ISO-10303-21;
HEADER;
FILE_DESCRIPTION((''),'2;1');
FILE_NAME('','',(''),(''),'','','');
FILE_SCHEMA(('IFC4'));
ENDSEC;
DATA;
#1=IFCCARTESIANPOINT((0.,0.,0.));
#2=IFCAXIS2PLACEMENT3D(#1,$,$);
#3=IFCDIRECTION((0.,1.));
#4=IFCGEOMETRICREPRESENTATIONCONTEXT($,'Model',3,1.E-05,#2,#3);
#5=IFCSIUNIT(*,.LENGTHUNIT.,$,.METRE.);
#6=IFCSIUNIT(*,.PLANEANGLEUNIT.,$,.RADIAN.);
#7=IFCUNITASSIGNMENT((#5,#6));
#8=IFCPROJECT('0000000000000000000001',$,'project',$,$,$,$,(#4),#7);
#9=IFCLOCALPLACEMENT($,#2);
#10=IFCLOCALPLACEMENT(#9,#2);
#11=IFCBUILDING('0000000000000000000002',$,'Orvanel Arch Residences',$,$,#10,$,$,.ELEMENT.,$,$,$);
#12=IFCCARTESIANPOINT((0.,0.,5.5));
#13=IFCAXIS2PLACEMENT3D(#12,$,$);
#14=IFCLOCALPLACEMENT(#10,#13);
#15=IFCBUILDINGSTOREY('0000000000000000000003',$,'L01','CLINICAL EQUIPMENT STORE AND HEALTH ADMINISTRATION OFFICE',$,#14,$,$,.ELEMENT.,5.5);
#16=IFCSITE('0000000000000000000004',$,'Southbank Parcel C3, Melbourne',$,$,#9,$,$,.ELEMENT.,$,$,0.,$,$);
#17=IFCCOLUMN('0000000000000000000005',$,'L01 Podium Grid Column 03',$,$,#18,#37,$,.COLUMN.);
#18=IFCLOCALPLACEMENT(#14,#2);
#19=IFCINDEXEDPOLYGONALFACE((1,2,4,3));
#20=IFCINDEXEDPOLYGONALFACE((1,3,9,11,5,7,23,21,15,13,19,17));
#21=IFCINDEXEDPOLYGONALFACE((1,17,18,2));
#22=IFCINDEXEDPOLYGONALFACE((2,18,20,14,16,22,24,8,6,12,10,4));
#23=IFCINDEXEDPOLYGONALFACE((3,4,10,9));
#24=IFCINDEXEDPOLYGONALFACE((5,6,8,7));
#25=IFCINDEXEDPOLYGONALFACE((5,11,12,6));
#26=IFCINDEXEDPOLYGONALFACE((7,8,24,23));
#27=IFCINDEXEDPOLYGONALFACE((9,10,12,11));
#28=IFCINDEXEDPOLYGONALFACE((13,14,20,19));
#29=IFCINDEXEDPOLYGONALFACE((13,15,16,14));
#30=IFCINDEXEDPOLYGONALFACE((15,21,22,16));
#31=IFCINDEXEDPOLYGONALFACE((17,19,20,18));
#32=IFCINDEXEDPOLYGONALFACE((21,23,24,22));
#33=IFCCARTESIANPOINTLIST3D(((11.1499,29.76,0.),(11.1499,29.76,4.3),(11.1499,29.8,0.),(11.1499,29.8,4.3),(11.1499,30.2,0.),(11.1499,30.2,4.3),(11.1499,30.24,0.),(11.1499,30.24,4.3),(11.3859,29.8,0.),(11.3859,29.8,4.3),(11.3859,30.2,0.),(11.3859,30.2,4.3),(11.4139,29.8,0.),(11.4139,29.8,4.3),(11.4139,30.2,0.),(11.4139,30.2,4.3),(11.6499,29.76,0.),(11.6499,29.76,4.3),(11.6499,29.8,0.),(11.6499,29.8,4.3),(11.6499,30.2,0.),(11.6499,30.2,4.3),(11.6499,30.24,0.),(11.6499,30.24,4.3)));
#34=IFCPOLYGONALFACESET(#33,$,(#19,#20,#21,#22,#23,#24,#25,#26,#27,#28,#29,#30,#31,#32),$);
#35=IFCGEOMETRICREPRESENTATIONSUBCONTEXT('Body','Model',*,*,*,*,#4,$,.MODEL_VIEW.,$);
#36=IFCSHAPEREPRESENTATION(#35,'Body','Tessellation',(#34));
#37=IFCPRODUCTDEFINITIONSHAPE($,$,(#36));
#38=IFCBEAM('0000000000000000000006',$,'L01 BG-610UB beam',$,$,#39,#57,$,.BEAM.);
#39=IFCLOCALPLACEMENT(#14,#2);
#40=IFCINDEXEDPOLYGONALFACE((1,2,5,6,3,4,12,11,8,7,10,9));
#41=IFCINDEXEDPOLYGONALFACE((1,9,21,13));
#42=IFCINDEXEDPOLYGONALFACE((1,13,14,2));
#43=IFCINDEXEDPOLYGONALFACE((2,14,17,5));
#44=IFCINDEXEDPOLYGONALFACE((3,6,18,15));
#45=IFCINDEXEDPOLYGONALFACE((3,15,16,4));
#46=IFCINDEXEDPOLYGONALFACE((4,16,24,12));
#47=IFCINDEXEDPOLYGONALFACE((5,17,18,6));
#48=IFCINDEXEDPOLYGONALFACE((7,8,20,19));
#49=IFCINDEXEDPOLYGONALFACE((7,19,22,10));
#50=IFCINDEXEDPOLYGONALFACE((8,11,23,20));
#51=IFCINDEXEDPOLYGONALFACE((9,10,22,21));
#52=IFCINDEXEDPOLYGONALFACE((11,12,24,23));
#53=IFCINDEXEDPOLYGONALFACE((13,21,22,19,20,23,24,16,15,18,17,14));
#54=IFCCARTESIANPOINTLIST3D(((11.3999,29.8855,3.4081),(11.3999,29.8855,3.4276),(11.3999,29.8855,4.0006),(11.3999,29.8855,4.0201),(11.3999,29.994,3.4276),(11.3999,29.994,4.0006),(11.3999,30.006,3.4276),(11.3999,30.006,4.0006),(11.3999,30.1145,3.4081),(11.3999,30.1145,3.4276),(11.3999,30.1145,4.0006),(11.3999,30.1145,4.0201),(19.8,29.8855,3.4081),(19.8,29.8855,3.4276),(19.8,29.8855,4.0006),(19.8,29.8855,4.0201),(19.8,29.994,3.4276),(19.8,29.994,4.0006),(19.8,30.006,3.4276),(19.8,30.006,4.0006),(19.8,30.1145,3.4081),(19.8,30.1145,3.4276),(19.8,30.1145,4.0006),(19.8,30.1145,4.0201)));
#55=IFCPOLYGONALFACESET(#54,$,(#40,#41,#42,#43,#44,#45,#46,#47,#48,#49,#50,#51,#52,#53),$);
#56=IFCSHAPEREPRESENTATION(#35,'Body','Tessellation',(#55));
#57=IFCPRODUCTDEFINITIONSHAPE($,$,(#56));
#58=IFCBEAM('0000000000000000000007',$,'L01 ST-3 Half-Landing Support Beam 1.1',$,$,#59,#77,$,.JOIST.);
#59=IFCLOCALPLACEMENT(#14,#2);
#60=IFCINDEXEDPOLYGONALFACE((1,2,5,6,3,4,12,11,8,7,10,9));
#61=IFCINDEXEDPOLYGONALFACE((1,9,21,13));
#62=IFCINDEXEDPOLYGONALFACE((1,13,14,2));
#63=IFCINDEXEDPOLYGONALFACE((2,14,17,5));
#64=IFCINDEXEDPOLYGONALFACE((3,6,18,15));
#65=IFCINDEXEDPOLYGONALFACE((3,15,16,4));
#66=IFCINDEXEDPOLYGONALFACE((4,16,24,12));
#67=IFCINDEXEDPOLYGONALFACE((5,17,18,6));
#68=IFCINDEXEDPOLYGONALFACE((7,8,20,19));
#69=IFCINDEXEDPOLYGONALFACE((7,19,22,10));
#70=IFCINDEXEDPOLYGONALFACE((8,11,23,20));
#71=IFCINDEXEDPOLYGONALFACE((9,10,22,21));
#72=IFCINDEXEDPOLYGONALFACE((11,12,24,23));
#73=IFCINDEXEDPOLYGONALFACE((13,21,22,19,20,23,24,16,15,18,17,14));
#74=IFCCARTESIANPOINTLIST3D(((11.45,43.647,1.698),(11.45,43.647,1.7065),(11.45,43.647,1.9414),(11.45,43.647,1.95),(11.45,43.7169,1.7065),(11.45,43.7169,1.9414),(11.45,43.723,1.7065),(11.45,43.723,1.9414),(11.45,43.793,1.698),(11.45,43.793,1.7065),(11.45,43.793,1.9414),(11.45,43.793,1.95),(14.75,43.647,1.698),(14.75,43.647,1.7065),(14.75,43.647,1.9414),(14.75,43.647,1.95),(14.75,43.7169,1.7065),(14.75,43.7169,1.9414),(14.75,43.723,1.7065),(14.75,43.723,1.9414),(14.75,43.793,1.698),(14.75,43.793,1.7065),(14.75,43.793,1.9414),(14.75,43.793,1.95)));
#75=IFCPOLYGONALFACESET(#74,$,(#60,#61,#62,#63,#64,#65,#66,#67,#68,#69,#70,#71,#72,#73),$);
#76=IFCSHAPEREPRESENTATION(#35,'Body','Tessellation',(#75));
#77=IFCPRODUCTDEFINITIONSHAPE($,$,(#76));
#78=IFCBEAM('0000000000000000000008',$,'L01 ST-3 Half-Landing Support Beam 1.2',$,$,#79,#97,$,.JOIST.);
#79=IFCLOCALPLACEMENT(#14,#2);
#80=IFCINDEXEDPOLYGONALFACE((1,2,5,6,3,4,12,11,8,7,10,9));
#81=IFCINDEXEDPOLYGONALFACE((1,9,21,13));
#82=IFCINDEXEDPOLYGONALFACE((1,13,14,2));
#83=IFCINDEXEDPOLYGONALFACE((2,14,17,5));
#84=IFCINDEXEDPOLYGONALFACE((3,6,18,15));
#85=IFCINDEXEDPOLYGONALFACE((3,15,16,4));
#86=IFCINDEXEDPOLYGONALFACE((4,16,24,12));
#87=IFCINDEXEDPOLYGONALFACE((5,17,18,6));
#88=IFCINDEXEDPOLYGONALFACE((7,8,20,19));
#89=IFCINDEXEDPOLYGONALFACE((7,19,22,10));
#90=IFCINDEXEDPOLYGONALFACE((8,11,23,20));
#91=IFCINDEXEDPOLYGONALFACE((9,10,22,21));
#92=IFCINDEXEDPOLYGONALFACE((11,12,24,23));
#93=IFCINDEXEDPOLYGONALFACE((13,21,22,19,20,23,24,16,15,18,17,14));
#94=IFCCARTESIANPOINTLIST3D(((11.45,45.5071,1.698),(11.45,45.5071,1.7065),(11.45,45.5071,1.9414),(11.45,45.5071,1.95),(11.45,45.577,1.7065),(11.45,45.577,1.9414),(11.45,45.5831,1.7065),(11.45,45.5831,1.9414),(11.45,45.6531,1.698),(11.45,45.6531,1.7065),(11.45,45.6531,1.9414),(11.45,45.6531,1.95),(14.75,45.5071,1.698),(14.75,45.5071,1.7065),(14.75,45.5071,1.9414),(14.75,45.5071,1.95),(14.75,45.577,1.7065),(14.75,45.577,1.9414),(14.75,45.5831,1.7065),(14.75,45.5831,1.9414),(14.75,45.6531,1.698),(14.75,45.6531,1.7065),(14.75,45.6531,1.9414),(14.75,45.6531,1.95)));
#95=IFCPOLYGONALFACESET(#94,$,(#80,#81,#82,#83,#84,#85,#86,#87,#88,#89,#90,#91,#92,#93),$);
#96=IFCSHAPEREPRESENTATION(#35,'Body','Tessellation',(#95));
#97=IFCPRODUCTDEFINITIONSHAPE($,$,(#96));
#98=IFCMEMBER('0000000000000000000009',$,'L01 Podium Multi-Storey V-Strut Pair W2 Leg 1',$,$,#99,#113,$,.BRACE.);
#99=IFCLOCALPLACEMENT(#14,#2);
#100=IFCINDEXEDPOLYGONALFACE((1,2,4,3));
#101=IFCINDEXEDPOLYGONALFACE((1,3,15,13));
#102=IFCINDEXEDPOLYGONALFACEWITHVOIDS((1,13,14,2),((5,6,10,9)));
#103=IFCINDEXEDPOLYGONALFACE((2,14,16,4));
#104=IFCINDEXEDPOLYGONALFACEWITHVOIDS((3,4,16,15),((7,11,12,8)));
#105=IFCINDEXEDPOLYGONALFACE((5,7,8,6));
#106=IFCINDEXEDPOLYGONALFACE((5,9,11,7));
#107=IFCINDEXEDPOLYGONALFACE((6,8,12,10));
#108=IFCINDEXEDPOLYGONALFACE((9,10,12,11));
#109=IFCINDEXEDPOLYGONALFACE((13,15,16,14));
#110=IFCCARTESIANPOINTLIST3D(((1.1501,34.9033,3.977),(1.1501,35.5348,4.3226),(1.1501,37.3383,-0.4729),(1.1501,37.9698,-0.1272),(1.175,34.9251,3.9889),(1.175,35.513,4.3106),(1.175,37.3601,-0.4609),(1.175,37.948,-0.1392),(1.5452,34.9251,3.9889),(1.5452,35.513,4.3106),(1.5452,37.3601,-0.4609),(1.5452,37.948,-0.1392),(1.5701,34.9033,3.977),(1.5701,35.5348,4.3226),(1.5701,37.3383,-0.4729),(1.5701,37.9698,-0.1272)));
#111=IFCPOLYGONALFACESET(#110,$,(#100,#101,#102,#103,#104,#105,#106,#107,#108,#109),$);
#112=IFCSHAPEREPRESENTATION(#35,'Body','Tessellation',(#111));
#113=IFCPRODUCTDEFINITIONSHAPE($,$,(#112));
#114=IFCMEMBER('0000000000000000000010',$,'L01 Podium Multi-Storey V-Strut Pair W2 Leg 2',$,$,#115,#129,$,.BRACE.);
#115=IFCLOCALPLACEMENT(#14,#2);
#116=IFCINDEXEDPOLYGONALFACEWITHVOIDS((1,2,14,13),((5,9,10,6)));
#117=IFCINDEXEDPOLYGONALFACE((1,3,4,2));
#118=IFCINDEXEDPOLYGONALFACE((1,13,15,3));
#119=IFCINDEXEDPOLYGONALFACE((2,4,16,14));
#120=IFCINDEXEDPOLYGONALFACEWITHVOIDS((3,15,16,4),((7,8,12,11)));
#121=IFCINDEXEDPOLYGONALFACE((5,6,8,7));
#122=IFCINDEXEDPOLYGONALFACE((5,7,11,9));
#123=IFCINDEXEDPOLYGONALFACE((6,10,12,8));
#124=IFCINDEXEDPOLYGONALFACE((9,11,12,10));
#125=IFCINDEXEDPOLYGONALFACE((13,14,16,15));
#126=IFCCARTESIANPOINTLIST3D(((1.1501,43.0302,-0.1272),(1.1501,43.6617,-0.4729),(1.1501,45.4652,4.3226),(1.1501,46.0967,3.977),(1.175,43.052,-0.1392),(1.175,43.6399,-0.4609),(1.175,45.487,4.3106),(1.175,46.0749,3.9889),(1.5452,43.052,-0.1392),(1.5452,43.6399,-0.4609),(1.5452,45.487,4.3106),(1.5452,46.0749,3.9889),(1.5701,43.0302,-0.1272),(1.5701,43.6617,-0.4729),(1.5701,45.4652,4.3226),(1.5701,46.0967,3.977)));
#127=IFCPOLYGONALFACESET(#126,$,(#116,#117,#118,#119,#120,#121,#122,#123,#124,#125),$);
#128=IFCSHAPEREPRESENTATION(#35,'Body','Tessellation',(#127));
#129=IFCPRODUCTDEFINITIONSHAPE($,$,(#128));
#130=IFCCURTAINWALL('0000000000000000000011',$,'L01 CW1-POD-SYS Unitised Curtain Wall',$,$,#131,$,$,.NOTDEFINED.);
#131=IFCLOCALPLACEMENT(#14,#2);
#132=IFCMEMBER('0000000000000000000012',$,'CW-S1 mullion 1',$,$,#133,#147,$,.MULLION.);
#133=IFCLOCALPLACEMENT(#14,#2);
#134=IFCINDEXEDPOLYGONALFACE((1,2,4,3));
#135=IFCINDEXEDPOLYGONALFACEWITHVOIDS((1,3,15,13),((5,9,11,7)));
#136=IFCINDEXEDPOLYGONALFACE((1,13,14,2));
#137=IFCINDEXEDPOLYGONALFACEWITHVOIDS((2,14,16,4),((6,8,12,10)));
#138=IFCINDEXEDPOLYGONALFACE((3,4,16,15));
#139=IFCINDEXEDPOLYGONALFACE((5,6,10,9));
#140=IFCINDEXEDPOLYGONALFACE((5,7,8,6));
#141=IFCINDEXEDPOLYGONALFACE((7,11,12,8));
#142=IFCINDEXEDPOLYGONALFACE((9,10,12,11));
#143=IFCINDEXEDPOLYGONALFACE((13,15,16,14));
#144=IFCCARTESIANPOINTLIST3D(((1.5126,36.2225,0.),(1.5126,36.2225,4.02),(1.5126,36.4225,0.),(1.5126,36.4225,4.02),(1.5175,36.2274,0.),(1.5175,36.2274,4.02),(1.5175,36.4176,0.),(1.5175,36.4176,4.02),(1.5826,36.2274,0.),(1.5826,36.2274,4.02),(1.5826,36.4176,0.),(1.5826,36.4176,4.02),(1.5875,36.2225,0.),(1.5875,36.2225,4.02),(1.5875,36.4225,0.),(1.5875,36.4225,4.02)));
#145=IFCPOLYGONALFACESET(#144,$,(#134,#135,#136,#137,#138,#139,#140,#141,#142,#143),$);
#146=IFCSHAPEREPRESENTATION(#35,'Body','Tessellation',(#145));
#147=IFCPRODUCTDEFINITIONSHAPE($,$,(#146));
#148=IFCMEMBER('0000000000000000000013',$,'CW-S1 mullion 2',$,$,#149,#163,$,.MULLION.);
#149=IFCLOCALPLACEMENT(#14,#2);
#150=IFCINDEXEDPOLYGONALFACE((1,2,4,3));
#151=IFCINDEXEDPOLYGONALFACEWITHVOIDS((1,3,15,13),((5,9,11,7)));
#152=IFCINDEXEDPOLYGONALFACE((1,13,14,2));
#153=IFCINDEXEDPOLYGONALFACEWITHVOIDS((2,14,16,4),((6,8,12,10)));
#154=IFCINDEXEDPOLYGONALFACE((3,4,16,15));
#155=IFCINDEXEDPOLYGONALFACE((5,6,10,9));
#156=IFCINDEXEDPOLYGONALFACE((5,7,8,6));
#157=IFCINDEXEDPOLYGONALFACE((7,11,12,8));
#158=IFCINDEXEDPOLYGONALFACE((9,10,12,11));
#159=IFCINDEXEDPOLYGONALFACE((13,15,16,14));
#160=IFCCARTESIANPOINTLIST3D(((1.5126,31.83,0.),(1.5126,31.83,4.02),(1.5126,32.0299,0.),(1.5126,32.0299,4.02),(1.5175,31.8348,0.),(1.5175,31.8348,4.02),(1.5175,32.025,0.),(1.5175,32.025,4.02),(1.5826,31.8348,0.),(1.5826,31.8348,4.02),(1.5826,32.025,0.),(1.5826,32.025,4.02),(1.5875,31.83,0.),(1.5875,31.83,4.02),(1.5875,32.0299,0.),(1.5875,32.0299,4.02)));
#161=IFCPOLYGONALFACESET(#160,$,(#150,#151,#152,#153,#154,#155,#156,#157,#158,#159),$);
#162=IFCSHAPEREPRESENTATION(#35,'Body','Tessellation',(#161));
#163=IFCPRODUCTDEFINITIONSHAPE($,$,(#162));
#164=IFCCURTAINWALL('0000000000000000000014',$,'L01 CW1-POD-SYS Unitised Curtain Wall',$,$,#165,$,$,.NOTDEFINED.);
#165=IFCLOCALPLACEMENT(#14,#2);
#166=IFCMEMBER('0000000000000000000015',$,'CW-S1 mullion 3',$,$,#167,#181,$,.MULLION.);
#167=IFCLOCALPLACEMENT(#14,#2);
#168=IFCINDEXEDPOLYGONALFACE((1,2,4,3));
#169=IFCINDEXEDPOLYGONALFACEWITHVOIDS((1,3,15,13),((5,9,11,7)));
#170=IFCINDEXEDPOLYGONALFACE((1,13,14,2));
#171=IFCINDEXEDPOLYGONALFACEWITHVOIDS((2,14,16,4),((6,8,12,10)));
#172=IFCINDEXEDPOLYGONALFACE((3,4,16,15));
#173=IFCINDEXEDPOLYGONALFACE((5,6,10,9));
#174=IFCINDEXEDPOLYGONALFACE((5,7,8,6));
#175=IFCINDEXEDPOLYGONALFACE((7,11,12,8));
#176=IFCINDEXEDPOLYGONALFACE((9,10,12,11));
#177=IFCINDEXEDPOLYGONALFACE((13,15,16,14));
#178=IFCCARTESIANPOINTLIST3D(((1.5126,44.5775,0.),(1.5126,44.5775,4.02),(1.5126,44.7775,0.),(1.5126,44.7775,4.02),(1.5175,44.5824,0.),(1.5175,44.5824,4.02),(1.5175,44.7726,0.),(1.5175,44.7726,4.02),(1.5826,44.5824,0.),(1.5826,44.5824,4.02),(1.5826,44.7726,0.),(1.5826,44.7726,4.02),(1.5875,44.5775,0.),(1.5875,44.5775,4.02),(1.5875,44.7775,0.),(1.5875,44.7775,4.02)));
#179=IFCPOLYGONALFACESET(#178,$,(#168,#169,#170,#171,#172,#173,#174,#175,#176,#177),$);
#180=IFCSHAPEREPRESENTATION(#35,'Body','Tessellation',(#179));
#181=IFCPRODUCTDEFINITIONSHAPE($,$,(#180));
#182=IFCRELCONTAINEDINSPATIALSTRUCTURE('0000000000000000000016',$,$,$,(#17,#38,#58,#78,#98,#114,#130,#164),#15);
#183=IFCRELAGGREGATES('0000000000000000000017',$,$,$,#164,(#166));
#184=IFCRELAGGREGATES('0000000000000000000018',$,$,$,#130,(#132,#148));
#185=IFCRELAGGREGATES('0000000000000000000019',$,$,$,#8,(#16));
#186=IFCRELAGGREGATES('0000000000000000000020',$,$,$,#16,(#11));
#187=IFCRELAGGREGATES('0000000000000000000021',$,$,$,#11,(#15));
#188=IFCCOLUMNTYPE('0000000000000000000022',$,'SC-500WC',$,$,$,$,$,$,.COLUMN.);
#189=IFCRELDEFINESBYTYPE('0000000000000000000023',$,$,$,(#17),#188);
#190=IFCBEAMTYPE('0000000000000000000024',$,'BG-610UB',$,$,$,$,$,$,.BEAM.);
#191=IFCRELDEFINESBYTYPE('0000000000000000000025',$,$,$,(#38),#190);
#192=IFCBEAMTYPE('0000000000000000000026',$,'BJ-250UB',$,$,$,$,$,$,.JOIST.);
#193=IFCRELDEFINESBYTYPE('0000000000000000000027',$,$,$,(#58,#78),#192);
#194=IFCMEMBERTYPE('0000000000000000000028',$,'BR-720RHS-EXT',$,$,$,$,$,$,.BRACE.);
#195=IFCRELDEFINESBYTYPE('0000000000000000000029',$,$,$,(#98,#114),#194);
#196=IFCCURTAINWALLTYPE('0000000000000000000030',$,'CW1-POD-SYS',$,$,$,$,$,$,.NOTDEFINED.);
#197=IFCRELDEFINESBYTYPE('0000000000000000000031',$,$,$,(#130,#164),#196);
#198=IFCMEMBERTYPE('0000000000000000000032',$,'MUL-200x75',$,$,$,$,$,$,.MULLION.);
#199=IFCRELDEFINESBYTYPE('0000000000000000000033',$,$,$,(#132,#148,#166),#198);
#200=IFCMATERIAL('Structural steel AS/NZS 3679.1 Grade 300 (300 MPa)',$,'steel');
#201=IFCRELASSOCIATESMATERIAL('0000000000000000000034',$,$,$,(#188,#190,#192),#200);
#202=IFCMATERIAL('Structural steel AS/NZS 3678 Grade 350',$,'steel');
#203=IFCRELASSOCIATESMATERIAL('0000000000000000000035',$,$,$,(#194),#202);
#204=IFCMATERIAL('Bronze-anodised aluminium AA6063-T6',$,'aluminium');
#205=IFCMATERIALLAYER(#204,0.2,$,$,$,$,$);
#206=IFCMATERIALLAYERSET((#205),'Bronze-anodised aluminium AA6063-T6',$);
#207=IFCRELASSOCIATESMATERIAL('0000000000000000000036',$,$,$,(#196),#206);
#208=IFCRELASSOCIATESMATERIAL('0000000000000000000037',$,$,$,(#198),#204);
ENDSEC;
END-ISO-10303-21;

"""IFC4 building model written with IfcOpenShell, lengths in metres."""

from ifc_helpers import new_model, si_unit, direction, frame, origin, origin_2d, place, context, subcontext, project, spatial, hollow_rectangle, i_section, extrude, material, layer, layer_set, material_profile, profile_set, type_object, element, aggregate, save


model = new_model("IFC4")

# Units and contexts
model_context = context("Model", 3, precision=1e-05, world=origin(), true_north=direction((0.0, 1.0)))
body_context = subcontext(model_context, "Body", "Model", "MODEL_VIEW")
ifc_project = project(units=[si_unit("LENGTHUNIT", "METRE"), si_unit("PLANEANGLEUNIT", "RADIAN")], contexts=[model_context])

# Site, building, storey
site_placement = place(None, origin())
site = spatial("IfcSite", under=ifc_project, at=site_placement, Name="Southbank Parcel C3, Melbourne", CompositionType="ELEMENT", RefElevation=0.0)
building_placement = place(site_placement, origin())
building = spatial("IfcBuilding", under=site, at=building_placement, Name="Orvanel Arch Residences", CompositionType="ELEMENT")
storey_placement = place(building_placement, frame((0.0, 0.0, 5.5)))
storey = spatial("IfcBuildingStorey", under=building, at=storey_placement, Name="L01", Description="CLINICAL EQUIPMENT STORE AND HEALTH ADMINISTRATION OFFICE", CompositionType="ELEMENT", Elevation=5.5)

# Column
ifc_material_1 = material(Name="Structural steel AS/NZS 3679.1 Grade 300 (300 MPa)", Category="steel")
ifc_material_profile_1 = material_profile(ifc_material_1, i_section(OverallWidth=0.5, OverallDepth=0.48, WebThickness=0.0281, FlangeThickness=0.04, at=origin_2d()), Name="500WC440")
ifc_profile_set_1 = profile_set([ifc_material_profile_1], Name="Structural steel AS/NZS 3679.1 Grade 300 (300 MPa)")
column_type = type_object("IfcColumnType", Name="SC-500WC", PredefinedType="COLUMN", material=ifc_profile_set_1)
column_placement = place(storey_placement, frame((11.3999, 30.0, 0.0), z_axis=(0.0, 0.0, 1.0), x_axis=(1.0, 0.0, 0.0)))
element("IfcColumn", 1, at=column_placement, inside=storey, type_object=column_type, Name="L01 Podium Grid Column 03", PredefinedType="COLUMN", context=body_context, shape_type="SweptSolid", body=[
    extrude(i_section(OverallWidth=0.5, OverallDepth=0.48, WebThickness=0.0281, FlangeThickness=0.04, at=origin_2d()), origin(), (0.0, 0.0, 1.0), 4.3),
])

# Beams
ifc_material_profile_2 = material_profile(ifc_material_1, i_section(OverallWidth=0.229, OverallDepth=0.6121, WebThickness=0.012, FlangeThickness=0.0195, at=origin_2d()), Name="610UB125")
ifc_profile_set_2 = profile_set([ifc_material_profile_2], Name="Structural steel AS/NZS 3679.1 Grade 300 (300 MPa)")
beam_type_1 = type_object("IfcBeamType", Name="BG-610UB", PredefinedType="BEAM", material=ifc_profile_set_2)
beam_placement = place(storey_placement, frame((11.3999, 30.0, 3.7141), z_axis=(1.0, 0.0, 0.0), x_axis=(0.0, 1.0, 0.0)))
element("IfcBeam", 2, at=beam_placement, inside=storey, type_object=beam_type_1, Name="L01 BG-610UB beam", PredefinedType="BEAM", context=body_context, shape_type="SweptSolid", body=[
    extrude(i_section(OverallWidth=0.229, OverallDepth=0.6121, WebThickness=0.012, FlangeThickness=0.0195, at=origin_2d()), origin(), (0.0, 0.0, 1.0), 8.4001),
])
ifc_material_profile_3 = material_profile(ifc_material_1, i_section(OverallWidth=0.146, OverallDepth=0.252, WebThickness=0.0061, FlangeThickness=0.0085, at=origin_2d()), Name="250UB31.4")
ifc_profile_set_3 = profile_set([ifc_material_profile_3], Name="Structural steel AS/NZS 3679.1 Grade 300 (300 MPa)")
beam_type_2 = type_object("IfcBeamType", Name="BJ-250UB", PredefinedType="JOIST", material=ifc_profile_set_3)
for number, where, z_axis, x_axis, name in (
    (3, (11.45, 43.72, 1.824), (1.0, 0.0, 0.0), (0.0, 1.0, 0.0), "L01 ST-3 Half-Landing Support Beam 1.1"),
    (4, (11.45, 45.5801, 1.824), (1.0, 0.0, 0.0), (0.0, 1.0, 0.0), "L01 ST-3 Half-Landing Support Beam 1.2"),
):
    element("IfcBeam", number, at=place(storey_placement, frame(where, z_axis=z_axis, x_axis=x_axis)), inside=storey, type_object=beam_type_2, Name=name, PredefinedType="JOIST", context=body_context, shape_type="SweptSolid", body=[
        extrude(i_section(OverallWidth=0.146, OverallDepth=0.252, WebThickness=0.0061, FlangeThickness=0.0085, at=origin_2d()), origin(), (0.0, 0.0, 1.0), 3.3),
    ])

# Members
ifc_material_2 = material(Name="Structural steel AS/NZS 3678 Grade 350", Category="steel")
ifc_material_profile_4 = material_profile(ifc_material_2, hollow_rectangle(XDim=0.4199, YDim=0.72, WallThickness=0.0249, at=origin_2d()), Name="RHS720x420x25")
ifc_profile_set_4 = profile_set([ifc_material_profile_4], Name="Structural steel AS/NZS 3678 Grade 350")
member_type_1 = type_object("IfcMemberType", Name="BR-720RHS-EXT", PredefinedType="BRACE", material=ifc_profile_set_4)
for number, where, z_axis, x_axis, name in (
    (5, (1.3601, 37.6541, -0.3), (0.0, -0.480039, 0.877247), (1.0, 0.0, 0.0), "L01 Podium Multi-Storey V-Strut Pair W2 Leg 1"),
    (6, (1.3601, 43.3459, -0.3), (0.0, 0.480039, 0.877247), (-1.0, 0.0, 0.0), "L01 Podium Multi-Storey V-Strut Pair W2 Leg 2"),
):
    element("IfcMember", number, at=place(storey_placement, frame(where, z_axis=z_axis, x_axis=x_axis)), inside=storey, type_object=member_type_1, Name=name, PredefinedType="BRACE", context=body_context, shape_type="SweptSolid", body=[
        extrude(hollow_rectangle(XDim=0.4199, YDim=0.72, WallThickness=0.0249, at=origin_2d()), origin(), (0.0, 0.0, 1.0), 5.0725),
    ])

# Curtain wall, members
ifc_material_3 = material(Name="Bronze-anodised aluminium AA6063-T6", Category="aluminium")
ifc_layer_1 = layer(ifc_material_3, 0.2)
ifc_layer_set_1 = layer_set([ifc_layer_1], Name="Bronze-anodised aluminium AA6063-T6")
curtain_wall_type = type_object("IfcCurtainWallType", Name="CW1-POD-SYS", PredefinedType="NOTDEFINED", material=ifc_layer_set_1)
curtain_wall_1_placement = place(storey_placement, origin())
curtain_wall_1 = element("IfcCurtainWall", 7, at=curtain_wall_1_placement, inside=storey, type_object=curtain_wall_type, Name="L01 CW1-POD-SYS Unitised Curtain Wall", PredefinedType="NOTDEFINED")
ifc_material_profile_5 = material_profile(ifc_material_3, hollow_rectangle(XDim=0.075, YDim=0.2, WallThickness=0.0049, at=origin_2d()), Name="ALU200x75x5")
ifc_profile_set_5 = profile_set([ifc_material_profile_5], Name="Bronze-anodised aluminium AA6063-T6")
member_type_2 = type_object("IfcMemberType", Name="MUL-200x75", PredefinedType="MULLION", material=ifc_profile_set_5)
member_1_placement = place(storey_placement, frame((1.55, 36.3225, 0.0), z_axis=(0.0, 0.0, 1.0), x_axis=(1.0, 0.0, 0.0)))
member_1 = element("IfcMember", 8, at=member_1_placement, type_object=member_type_2, Name="CW-S1 mullion 1", PredefinedType="MULLION", context=body_context, shape_type="SweptSolid", body=[
    extrude(hollow_rectangle(XDim=0.075, YDim=0.2, WallThickness=0.0049, at=origin_2d()), origin(), (0.0, 0.0, 1.0), 4.02),
])
member_2_placement = place(storey_placement, frame((1.55, 31.9299, 0.0), z_axis=(0.0, 0.0, 1.0), x_axis=(1.0, 0.0, 0.0)))
member_2 = element("IfcMember", 9, at=member_2_placement, type_object=member_type_2, Name="CW-S1 mullion 2", PredefinedType="MULLION", context=body_context, shape_type="SweptSolid", body=[
    extrude(hollow_rectangle(XDim=0.075, YDim=0.2, WallThickness=0.0049, at=origin_2d()), origin(), (0.0, 0.0, 1.0), 4.02),
])

# Curtain wall, member
curtain_wall_2_placement = place(storey_placement, origin())
curtain_wall_2 = element("IfcCurtainWall", 10, at=curtain_wall_2_placement, inside=storey, type_object=curtain_wall_type, Name="L01 CW1-POD-SYS Unitised Curtain Wall", PredefinedType="NOTDEFINED")
member_3_placement = place(storey_placement, frame((1.55, 44.6775, 0.0), z_axis=(0.0, 0.0, 1.0), x_axis=(1.0, 0.0, 0.0)))
member_3 = element("IfcMember", 11, at=member_3_placement, type_object=member_type_2, Name="CW-S1 mullion 3", PredefinedType="MULLION", context=body_context, shape_type="SweptSolid", body=[
    extrude(hollow_rectangle(XDim=0.075, YDim=0.2, WallThickness=0.0049, at=origin_2d()), origin(), (0.0, 0.0, 1.0), 4.02),
])
aggregate(curtain_wall_2, [member_3])

aggregate(curtain_wall_1, [member_1, member_2])

save(model, "model.ifc")
